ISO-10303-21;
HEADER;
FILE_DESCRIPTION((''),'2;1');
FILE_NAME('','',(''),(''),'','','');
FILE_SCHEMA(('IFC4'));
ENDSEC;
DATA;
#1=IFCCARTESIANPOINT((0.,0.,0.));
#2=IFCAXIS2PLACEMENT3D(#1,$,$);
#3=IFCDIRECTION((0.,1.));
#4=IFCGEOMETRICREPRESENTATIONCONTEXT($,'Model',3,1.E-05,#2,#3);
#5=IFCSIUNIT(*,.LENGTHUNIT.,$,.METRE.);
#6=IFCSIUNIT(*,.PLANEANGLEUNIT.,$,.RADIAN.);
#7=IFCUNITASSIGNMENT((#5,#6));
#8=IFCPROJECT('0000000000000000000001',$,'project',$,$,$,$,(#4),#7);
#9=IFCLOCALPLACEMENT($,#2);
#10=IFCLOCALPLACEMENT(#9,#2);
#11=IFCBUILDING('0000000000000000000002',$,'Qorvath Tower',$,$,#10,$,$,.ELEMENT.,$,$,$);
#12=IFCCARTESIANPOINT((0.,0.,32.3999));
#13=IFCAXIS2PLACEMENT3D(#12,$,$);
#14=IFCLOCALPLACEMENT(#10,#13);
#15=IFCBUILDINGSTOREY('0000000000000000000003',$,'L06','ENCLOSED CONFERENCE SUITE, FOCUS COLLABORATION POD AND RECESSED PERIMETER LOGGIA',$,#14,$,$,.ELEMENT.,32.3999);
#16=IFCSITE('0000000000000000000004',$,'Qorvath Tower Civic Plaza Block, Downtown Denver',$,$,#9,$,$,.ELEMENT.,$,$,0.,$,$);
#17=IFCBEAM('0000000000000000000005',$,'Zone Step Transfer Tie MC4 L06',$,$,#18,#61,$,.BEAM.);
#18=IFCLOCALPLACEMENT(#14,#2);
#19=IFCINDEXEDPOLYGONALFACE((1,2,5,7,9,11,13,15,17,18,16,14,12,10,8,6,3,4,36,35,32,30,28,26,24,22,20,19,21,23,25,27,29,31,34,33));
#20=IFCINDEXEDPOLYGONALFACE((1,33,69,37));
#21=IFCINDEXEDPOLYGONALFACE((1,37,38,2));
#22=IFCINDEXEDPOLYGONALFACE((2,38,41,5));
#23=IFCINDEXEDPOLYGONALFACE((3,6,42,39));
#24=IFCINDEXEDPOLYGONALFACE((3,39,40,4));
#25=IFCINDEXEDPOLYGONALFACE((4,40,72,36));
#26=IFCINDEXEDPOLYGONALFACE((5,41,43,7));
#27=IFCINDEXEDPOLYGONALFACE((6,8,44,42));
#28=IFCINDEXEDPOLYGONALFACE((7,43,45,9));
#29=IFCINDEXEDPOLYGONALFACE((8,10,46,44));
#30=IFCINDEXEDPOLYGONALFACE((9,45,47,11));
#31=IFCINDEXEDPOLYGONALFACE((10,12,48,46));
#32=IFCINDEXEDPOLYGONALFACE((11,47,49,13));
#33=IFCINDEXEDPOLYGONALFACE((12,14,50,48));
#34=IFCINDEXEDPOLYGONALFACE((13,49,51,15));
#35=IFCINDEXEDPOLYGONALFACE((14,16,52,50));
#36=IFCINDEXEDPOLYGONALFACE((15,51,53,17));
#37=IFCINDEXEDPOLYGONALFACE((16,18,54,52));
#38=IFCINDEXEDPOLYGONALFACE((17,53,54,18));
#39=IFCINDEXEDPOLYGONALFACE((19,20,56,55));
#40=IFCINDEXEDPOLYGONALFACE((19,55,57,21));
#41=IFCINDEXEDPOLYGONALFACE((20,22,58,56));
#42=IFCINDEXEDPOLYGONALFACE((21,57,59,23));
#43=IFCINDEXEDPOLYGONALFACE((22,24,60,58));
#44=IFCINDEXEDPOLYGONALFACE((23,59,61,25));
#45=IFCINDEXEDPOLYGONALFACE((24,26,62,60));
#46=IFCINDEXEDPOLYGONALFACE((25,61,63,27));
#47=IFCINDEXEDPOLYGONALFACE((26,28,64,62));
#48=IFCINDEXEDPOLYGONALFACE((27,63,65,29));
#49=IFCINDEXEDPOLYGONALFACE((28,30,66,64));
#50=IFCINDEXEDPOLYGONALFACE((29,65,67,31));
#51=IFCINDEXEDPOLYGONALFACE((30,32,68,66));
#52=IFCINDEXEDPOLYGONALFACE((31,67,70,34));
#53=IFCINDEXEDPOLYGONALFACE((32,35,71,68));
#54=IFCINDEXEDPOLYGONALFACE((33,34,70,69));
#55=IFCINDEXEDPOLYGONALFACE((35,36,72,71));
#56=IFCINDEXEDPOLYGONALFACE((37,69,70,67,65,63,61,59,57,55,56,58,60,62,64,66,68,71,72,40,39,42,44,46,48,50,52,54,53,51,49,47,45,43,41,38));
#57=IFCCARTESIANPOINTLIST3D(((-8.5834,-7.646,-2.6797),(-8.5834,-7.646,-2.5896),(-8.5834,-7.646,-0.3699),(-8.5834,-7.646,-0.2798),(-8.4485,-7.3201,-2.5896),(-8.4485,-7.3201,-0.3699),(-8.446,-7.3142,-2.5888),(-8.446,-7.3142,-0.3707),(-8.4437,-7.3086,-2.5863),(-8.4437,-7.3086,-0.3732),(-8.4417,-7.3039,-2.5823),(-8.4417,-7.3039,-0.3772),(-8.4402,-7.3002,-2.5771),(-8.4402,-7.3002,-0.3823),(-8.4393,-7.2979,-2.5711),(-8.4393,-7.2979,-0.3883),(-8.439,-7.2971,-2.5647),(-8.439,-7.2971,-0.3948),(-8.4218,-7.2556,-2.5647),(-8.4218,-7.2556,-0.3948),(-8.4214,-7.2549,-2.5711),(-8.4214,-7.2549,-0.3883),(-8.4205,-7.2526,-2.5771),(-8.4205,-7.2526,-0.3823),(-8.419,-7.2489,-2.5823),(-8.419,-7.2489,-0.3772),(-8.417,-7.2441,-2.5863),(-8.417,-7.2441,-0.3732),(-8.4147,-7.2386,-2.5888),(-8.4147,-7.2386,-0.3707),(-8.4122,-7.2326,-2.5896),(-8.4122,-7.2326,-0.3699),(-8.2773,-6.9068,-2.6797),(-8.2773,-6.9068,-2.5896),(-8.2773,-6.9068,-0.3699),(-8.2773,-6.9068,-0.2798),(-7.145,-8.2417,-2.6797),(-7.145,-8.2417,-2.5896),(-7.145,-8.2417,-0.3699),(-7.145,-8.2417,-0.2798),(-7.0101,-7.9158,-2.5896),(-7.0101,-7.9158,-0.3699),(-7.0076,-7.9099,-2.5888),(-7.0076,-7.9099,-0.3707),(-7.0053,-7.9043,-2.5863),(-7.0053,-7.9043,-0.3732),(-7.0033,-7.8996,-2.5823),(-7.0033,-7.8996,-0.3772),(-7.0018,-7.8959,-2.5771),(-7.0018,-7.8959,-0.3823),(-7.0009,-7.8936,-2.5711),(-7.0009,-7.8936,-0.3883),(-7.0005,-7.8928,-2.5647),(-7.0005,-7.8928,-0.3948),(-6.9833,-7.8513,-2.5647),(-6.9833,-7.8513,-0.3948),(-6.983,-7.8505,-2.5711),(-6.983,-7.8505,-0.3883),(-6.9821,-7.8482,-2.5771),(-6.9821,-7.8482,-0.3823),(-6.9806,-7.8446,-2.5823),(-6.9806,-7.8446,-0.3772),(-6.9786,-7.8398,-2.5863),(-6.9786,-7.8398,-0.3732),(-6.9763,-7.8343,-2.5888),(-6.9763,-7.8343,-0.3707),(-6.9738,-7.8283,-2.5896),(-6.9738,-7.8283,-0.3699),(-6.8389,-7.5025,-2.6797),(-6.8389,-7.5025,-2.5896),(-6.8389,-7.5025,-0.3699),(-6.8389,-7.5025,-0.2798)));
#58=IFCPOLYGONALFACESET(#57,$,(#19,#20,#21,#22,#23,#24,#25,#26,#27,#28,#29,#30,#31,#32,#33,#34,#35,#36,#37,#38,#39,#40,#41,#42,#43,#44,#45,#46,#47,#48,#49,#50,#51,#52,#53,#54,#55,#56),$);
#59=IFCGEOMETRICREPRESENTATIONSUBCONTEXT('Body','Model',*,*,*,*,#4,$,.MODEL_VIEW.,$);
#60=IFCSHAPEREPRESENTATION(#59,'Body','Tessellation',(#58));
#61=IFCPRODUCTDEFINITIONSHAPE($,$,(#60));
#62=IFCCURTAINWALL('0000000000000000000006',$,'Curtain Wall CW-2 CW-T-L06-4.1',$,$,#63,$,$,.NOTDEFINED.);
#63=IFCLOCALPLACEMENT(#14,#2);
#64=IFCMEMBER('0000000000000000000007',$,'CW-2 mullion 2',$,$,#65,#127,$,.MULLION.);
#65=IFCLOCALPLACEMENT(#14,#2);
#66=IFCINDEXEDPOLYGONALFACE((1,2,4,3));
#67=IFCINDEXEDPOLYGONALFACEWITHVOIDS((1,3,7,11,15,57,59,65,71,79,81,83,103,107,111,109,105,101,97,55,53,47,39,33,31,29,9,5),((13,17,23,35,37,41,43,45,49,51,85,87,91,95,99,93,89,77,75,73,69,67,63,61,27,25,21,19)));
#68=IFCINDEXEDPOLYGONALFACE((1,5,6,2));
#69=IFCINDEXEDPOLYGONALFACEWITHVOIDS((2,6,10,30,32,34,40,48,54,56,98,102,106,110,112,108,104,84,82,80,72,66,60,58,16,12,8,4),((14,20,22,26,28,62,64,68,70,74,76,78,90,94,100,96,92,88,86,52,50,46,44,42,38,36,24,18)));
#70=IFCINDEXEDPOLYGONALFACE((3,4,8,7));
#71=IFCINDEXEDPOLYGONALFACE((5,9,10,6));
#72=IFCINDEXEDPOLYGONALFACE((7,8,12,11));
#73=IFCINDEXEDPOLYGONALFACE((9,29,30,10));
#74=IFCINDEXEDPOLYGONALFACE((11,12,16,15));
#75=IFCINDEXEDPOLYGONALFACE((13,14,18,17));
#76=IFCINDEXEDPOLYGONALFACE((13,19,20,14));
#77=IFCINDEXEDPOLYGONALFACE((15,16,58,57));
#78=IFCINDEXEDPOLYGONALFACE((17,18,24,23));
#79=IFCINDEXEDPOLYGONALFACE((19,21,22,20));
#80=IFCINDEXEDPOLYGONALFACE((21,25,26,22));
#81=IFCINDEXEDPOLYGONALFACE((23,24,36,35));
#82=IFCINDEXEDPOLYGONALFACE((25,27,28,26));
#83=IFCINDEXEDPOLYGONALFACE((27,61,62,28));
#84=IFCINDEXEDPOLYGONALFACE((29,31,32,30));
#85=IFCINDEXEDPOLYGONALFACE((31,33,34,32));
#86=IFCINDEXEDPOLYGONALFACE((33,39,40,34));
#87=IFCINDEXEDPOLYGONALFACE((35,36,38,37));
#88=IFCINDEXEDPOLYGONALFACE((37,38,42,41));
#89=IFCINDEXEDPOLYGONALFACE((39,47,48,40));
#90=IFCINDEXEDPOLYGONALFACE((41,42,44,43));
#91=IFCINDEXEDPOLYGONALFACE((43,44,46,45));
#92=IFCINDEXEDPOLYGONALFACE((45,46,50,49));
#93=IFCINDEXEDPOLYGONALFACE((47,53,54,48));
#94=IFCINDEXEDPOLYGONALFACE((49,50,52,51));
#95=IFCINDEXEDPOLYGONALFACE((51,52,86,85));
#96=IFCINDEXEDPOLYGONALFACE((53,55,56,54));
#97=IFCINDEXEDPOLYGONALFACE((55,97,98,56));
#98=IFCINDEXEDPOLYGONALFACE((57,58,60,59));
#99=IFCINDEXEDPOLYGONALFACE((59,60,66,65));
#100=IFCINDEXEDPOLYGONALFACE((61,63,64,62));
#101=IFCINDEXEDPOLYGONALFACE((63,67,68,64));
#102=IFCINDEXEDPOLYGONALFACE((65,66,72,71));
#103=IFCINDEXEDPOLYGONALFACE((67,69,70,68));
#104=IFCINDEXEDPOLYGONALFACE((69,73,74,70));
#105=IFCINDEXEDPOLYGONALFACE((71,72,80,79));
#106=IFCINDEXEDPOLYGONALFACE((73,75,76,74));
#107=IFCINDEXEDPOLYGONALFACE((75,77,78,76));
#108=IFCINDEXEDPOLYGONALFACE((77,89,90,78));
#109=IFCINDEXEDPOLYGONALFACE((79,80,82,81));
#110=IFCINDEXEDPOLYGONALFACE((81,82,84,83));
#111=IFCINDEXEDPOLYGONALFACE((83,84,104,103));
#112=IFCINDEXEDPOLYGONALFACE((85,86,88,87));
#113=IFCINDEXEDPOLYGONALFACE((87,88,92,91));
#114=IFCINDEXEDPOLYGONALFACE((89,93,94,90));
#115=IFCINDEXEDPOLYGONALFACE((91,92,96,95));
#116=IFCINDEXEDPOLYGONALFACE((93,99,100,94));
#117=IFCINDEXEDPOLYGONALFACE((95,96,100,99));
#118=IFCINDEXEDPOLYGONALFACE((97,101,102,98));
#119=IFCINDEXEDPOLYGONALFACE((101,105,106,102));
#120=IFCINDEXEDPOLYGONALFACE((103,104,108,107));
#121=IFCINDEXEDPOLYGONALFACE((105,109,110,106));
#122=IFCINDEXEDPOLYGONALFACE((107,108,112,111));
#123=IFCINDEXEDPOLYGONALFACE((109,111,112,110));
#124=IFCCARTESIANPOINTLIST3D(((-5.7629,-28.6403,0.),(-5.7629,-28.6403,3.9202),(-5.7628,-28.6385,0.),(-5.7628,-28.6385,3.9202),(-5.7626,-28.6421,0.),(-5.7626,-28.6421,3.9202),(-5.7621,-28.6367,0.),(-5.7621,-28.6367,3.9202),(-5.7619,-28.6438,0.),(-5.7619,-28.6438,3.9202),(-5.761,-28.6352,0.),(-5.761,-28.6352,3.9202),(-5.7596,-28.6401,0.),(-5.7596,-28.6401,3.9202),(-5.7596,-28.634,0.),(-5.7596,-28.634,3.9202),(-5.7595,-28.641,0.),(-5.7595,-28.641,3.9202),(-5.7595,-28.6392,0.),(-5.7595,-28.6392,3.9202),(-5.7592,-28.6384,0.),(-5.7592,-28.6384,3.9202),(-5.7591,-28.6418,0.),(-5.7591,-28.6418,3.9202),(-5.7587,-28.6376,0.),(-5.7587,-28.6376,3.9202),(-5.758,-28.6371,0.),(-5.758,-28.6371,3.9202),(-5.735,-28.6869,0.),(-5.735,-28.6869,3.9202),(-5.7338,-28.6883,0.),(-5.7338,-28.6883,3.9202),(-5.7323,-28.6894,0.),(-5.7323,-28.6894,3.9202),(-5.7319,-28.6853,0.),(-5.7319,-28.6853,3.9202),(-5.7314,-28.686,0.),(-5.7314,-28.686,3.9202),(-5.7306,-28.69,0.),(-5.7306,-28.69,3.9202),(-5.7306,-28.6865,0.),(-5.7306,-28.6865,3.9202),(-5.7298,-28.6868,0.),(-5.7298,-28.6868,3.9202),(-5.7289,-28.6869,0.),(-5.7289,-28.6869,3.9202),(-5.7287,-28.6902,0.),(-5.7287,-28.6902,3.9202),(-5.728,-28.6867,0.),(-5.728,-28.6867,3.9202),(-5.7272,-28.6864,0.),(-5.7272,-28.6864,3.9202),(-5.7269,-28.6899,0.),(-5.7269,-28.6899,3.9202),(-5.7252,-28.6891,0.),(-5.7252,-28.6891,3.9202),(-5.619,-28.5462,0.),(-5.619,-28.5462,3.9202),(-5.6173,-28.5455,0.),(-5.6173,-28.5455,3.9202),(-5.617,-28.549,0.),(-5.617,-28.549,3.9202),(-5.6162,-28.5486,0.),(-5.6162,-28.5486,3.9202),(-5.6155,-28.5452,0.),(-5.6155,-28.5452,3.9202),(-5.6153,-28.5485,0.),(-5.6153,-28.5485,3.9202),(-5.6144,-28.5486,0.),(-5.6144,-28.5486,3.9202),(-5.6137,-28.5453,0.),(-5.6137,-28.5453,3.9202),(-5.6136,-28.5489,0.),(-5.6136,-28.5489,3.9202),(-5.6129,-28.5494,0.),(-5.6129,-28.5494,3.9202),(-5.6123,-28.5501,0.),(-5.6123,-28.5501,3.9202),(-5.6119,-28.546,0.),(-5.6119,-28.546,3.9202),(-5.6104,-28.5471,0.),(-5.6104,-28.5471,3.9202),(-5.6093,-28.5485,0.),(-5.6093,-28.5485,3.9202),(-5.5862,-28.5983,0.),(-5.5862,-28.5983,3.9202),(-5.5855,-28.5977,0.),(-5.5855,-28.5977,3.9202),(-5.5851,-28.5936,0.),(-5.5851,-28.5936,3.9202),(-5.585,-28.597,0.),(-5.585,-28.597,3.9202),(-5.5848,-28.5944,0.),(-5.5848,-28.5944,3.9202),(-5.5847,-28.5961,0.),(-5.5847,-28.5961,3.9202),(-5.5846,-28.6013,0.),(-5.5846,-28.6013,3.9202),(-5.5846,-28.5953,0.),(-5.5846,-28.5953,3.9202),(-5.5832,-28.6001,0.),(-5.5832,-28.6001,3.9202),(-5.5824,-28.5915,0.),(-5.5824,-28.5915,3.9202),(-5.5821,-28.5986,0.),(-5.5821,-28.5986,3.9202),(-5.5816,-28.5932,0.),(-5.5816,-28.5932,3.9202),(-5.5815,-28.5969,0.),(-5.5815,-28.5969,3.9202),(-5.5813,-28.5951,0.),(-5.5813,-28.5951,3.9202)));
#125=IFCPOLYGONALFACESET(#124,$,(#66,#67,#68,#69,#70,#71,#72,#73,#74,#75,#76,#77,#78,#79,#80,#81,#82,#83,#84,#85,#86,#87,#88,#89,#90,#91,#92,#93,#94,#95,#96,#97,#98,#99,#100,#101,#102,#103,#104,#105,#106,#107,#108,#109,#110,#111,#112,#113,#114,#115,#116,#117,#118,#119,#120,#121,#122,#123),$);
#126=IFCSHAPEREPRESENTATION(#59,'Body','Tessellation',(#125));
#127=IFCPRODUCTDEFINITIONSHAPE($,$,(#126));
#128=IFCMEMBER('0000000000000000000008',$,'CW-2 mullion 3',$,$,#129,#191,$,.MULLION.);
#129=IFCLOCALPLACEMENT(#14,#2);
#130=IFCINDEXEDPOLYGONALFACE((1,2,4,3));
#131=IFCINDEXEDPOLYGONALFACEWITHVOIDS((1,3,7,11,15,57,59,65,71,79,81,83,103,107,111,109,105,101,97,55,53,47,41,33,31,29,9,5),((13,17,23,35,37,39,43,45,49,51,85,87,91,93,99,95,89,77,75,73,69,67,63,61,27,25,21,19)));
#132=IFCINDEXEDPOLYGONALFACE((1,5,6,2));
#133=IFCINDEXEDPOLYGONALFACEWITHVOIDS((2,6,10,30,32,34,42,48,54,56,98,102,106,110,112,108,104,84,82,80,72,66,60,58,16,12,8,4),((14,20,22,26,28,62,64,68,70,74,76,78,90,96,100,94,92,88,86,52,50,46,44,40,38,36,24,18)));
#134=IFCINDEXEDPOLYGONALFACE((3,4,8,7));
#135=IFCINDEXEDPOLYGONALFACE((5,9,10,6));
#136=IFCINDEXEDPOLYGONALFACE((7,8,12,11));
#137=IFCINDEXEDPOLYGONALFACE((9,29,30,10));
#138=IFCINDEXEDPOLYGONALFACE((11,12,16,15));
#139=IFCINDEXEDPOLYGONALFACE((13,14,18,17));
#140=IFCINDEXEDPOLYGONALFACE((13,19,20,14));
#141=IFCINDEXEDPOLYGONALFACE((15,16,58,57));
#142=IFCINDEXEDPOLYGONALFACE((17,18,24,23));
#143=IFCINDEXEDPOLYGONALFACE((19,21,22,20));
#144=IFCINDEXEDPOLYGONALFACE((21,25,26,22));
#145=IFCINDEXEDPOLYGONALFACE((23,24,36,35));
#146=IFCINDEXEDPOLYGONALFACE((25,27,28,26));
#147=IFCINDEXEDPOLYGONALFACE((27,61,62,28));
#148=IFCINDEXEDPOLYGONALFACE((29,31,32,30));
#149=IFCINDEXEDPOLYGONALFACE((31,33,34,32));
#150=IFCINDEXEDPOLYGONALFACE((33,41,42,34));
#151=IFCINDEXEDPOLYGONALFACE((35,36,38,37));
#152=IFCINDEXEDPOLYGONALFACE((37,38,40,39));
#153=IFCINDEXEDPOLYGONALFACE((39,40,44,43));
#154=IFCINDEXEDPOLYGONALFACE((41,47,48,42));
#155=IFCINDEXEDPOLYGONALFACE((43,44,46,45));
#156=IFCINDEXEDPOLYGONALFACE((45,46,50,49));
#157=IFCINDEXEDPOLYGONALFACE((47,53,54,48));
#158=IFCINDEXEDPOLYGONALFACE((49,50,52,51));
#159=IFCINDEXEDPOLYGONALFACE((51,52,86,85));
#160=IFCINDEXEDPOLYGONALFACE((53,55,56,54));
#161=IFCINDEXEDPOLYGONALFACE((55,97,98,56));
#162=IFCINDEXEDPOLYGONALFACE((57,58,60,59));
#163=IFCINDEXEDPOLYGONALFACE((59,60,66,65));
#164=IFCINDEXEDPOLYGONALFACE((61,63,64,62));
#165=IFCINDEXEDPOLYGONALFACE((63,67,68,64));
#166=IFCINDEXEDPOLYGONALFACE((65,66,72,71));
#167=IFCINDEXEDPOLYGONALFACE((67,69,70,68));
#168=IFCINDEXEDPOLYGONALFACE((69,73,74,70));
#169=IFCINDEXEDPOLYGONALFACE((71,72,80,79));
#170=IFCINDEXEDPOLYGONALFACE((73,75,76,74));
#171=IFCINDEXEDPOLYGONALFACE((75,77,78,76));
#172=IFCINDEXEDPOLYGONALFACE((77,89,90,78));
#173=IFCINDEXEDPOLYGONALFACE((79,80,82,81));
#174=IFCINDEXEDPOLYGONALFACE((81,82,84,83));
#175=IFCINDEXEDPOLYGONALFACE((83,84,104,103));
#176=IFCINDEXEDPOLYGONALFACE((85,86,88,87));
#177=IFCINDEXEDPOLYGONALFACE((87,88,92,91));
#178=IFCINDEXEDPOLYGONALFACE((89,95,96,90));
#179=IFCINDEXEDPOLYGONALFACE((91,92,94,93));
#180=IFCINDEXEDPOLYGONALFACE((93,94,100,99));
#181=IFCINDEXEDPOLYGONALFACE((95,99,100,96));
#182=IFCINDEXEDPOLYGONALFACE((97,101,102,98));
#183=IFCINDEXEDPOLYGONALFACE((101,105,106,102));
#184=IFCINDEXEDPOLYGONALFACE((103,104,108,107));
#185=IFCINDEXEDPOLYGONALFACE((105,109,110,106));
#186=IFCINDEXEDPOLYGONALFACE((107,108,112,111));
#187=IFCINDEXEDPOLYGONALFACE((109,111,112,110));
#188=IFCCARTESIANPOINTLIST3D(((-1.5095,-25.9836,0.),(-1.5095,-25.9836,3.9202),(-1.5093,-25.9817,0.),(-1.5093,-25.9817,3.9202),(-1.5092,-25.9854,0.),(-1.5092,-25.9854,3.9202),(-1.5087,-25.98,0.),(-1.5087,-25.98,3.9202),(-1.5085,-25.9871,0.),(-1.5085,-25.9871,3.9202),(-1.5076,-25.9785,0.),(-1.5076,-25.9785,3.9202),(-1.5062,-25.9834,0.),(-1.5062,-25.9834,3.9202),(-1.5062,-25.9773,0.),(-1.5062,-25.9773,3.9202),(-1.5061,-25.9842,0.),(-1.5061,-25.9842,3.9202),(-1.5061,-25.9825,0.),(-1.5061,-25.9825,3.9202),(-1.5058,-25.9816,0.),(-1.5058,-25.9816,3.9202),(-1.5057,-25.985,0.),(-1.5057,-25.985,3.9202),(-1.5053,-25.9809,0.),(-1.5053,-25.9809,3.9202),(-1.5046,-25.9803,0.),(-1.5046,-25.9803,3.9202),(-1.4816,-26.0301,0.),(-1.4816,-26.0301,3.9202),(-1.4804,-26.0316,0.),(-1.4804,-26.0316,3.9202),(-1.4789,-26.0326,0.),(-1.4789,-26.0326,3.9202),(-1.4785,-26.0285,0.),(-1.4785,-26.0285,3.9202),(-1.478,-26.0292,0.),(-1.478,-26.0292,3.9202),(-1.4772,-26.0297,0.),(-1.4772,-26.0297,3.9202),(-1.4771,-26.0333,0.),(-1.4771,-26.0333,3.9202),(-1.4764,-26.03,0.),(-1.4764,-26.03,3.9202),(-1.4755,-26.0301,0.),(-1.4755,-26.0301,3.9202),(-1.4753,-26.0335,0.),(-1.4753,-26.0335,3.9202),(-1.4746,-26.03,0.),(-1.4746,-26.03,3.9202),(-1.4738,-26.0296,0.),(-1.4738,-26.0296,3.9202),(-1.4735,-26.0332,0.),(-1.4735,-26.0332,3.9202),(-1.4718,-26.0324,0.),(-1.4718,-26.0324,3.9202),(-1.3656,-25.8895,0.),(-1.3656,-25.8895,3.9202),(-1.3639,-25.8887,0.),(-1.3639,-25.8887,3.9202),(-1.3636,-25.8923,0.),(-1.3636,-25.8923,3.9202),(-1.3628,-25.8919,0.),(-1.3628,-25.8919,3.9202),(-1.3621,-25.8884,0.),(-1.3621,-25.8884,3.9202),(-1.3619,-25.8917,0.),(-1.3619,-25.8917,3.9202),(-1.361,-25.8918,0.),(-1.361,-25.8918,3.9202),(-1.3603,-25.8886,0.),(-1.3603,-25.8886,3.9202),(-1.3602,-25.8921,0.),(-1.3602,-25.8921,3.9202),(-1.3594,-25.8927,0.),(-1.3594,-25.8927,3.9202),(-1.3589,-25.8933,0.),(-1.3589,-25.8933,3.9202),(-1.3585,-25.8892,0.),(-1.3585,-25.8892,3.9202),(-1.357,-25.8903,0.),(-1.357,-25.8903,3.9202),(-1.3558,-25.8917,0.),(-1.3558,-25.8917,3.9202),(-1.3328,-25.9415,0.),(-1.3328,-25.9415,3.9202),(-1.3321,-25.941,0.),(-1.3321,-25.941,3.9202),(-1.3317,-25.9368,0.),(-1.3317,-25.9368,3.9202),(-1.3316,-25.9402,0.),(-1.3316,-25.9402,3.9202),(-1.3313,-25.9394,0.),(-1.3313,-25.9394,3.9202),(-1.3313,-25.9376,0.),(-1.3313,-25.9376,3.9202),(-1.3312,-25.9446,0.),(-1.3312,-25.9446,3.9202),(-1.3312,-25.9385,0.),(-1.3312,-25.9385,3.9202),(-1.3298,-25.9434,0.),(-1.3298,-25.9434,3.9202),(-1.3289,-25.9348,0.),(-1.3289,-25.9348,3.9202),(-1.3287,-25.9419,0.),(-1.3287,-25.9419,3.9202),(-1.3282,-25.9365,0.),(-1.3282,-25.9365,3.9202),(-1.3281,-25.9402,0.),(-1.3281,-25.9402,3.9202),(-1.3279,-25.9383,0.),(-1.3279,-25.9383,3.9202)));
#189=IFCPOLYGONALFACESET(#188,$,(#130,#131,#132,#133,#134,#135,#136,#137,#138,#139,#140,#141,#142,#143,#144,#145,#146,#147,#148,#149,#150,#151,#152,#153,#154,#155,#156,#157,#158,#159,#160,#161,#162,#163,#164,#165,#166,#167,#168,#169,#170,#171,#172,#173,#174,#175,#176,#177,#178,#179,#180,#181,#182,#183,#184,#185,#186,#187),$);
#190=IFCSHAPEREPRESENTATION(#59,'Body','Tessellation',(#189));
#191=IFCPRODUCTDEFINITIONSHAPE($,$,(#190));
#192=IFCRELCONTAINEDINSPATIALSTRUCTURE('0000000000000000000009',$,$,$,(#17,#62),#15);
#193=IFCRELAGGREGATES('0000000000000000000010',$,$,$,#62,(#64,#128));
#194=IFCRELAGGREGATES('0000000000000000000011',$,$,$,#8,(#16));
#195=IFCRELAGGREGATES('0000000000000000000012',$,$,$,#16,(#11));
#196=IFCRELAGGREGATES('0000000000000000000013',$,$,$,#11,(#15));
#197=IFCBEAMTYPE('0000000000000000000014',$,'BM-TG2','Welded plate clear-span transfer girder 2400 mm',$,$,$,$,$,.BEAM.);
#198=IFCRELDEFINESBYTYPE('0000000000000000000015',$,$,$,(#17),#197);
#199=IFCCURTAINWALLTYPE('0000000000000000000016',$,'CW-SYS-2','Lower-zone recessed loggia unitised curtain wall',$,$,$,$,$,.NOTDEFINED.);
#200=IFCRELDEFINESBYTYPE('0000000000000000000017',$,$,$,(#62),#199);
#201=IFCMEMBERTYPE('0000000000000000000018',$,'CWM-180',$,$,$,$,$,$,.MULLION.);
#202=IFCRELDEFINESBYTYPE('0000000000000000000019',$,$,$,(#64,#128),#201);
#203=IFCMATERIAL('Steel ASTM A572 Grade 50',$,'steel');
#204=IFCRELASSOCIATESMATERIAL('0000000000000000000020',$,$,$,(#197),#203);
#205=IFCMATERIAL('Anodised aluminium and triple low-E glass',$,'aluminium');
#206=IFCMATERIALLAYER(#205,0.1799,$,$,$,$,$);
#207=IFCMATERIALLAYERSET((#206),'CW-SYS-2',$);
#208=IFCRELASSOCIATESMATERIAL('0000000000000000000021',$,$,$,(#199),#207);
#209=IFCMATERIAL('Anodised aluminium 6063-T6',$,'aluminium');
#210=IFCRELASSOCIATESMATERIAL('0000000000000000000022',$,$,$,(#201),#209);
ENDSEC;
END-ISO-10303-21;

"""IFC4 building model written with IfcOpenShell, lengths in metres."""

from ifc_helpers import new_model, si_unit, direction, frame, origin, origin_2d, place, context, subcontext, project, spatial, hollow_rectangle, i_section, extrude, material, layer, layer_set, material_profile, profile_set, type_object, element, aggregate, save


model = new_model("IFC4")

# Units and contexts
model_context = context("Model", 3, precision=1e-05, world=origin(), true_north=direction((0.0, 1.0)))
body_context = subcontext(model_context, "Body", "Model", "MODEL_VIEW")
ifc_project = project(units=[si_unit("LENGTHUNIT", "METRE"), si_unit("PLANEANGLEUNIT", "RADIAN")], contexts=[model_context])

# Site, building, storey
site_placement = place(None, origin())
site = spatial("IfcSite", under=ifc_project, at=site_placement, Name="Qorvath Tower Civic Plaza Block, Downtown Denver", CompositionType="ELEMENT", RefElevation=0.0)
building_placement = place(site_placement, origin())
building = spatial("IfcBuilding", under=site, at=building_placement, Name="Qorvath Tower", CompositionType="ELEMENT")
storey_placement = place(building_placement, frame((0.0, 0.0, 32.3999)))
storey = spatial("IfcBuildingStorey", under=building, at=storey_placement, Name="L06", Description="ENCLOSED CONFERENCE SUITE, FOCUS COLLABORATION POD AND RECESSED PERIMETER LOGGIA", CompositionType="ELEMENT", Elevation=32.3999)

# Beam
ifc_material_1 = material(Name="Steel ASTM A572 Grade 50", Category="steel")
ifc_material_profile_1 = material_profile(ifc_material_1, i_section(OverallWidth=0.8, OverallDepth=2.3999, WebThickness=0.0449, FlangeThickness=0.0901, FilletRadius=0.0249, at=origin_2d()), Name="WTG 2400x800")
ifc_profile_set_1 = profile_set([ifc_material_profile_1], Name="Steel ASTM A572 Grade 50")
beam_type = type_object("IfcBeamType", Name="BM-TG2", Description="Welded plate clear-span transfer girder 2400 mm", PredefinedType="BEAM", material=ifc_profile_set_1)
beam_placement = place(storey_placement, frame((-6.9919, -7.8721, -1.4797), z_axis=(-0.92391, 0.38261, 0.0), x_axis=(-0.38261, -0.92391, 0.0)))
element("IfcBeam", 1, at=beam_placement, inside=storey, type_object=beam_type, Name="Zone Step Transfer Tie MC4 L06", PredefinedType="BEAM", context=body_context, shape_type="SweptSolid", body=[
    extrude(i_section(OverallWidth=0.8, OverallDepth=2.3999, WebThickness=0.0449, FlangeThickness=0.0901, FilletRadius=0.0249, at=origin_2d()), origin(), (0.0, 0.0, 1.0), 1.5569),
])

# Curtain wall, members
ifc_material_2 = material(Name="Anodised aluminium and triple low-E glass", Category="aluminium")
ifc_layer_1 = layer(ifc_material_2, 0.1799)
ifc_layer_set_1 = layer_set([ifc_layer_1], Name="CW-SYS-2")
curtain_wall_type = type_object("IfcCurtainWallType", Name="CW-SYS-2", Description="Lower-zone recessed loggia unitised curtain wall", PredefinedType="NOTDEFINED", material=ifc_layer_set_1)
curtain_wall_1_placement = place(storey_placement, origin())
curtain_wall_1 = element("IfcCurtainWall", 2, at=curtain_wall_1_placement, inside=storey, type_object=curtain_wall_type, Name="Curtain Wall CW-2 CW-T-L06-4.1", PredefinedType="NOTDEFINED")
ifc_material_3 = material(Name="Anodised aluminium 6063-T6", Category="aluminium")
ifc_material_profile_2 = material_profile(ifc_material_3, hollow_rectangle(XDim=0.0649, YDim=0.1799, WallThickness=0.0034, InnerFilletRadius=0.0034, OuterFilletRadius=0.0071, at=origin_2d()), Name="CWM 180x65")
ifc_profile_set_2 = profile_set([ifc_material_profile_2], Name="Anodised aluminium 6063-T6")
member_type_1 = type_object("IfcMemberType", Name="CWM-180", PredefinedType="MULLION", material=ifc_profile_set_2)
member_1_placement = place(storey_placement, frame((-5.6721, -28.6177, 0.0), z_axis=(0.0, 0.0, 1.0), x_axis=(-0.529769, 0.848142, 0.0)))
member_1 = element("IfcMember", 3, at=member_1_placement, type_object=member_type_1, Name="CW-2 mullion 2", PredefinedType="MULLION", context=body_context, shape_type="SweptSolid", body=[
    extrude(hollow_rectangle(XDim=0.0649, YDim=0.1799, WallThickness=0.0034, InnerFilletRadius=0.0034, OuterFilletRadius=0.0071, at=origin_2d()), origin(), (0.0, 0.0, 1.0), 3.9202),
])
member_2_placement = place(storey_placement, frame((-1.4187, -25.9609, 0.0), z_axis=(0.0, 0.0, 1.0), x_axis=(-0.529769, 0.848142, 0.0)))
member_2 = element("IfcMember", 4, at=member_2_placement, type_object=member_type_1, Name="CW-2 mullion 3", PredefinedType="MULLION", context=body_context, shape_type="SweptSolid", body=[
    extrude(hollow_rectangle(XDim=0.0649, YDim=0.1799, WallThickness=0.0034, InnerFilletRadius=0.0034, OuterFilletRadius=0.0071, at=origin_2d()), origin(), (0.0, 0.0, 1.0), 3.9202),
])

aggregate(curtain_wall_1, [member_1, member_2])

save(model, "model.ifc")
